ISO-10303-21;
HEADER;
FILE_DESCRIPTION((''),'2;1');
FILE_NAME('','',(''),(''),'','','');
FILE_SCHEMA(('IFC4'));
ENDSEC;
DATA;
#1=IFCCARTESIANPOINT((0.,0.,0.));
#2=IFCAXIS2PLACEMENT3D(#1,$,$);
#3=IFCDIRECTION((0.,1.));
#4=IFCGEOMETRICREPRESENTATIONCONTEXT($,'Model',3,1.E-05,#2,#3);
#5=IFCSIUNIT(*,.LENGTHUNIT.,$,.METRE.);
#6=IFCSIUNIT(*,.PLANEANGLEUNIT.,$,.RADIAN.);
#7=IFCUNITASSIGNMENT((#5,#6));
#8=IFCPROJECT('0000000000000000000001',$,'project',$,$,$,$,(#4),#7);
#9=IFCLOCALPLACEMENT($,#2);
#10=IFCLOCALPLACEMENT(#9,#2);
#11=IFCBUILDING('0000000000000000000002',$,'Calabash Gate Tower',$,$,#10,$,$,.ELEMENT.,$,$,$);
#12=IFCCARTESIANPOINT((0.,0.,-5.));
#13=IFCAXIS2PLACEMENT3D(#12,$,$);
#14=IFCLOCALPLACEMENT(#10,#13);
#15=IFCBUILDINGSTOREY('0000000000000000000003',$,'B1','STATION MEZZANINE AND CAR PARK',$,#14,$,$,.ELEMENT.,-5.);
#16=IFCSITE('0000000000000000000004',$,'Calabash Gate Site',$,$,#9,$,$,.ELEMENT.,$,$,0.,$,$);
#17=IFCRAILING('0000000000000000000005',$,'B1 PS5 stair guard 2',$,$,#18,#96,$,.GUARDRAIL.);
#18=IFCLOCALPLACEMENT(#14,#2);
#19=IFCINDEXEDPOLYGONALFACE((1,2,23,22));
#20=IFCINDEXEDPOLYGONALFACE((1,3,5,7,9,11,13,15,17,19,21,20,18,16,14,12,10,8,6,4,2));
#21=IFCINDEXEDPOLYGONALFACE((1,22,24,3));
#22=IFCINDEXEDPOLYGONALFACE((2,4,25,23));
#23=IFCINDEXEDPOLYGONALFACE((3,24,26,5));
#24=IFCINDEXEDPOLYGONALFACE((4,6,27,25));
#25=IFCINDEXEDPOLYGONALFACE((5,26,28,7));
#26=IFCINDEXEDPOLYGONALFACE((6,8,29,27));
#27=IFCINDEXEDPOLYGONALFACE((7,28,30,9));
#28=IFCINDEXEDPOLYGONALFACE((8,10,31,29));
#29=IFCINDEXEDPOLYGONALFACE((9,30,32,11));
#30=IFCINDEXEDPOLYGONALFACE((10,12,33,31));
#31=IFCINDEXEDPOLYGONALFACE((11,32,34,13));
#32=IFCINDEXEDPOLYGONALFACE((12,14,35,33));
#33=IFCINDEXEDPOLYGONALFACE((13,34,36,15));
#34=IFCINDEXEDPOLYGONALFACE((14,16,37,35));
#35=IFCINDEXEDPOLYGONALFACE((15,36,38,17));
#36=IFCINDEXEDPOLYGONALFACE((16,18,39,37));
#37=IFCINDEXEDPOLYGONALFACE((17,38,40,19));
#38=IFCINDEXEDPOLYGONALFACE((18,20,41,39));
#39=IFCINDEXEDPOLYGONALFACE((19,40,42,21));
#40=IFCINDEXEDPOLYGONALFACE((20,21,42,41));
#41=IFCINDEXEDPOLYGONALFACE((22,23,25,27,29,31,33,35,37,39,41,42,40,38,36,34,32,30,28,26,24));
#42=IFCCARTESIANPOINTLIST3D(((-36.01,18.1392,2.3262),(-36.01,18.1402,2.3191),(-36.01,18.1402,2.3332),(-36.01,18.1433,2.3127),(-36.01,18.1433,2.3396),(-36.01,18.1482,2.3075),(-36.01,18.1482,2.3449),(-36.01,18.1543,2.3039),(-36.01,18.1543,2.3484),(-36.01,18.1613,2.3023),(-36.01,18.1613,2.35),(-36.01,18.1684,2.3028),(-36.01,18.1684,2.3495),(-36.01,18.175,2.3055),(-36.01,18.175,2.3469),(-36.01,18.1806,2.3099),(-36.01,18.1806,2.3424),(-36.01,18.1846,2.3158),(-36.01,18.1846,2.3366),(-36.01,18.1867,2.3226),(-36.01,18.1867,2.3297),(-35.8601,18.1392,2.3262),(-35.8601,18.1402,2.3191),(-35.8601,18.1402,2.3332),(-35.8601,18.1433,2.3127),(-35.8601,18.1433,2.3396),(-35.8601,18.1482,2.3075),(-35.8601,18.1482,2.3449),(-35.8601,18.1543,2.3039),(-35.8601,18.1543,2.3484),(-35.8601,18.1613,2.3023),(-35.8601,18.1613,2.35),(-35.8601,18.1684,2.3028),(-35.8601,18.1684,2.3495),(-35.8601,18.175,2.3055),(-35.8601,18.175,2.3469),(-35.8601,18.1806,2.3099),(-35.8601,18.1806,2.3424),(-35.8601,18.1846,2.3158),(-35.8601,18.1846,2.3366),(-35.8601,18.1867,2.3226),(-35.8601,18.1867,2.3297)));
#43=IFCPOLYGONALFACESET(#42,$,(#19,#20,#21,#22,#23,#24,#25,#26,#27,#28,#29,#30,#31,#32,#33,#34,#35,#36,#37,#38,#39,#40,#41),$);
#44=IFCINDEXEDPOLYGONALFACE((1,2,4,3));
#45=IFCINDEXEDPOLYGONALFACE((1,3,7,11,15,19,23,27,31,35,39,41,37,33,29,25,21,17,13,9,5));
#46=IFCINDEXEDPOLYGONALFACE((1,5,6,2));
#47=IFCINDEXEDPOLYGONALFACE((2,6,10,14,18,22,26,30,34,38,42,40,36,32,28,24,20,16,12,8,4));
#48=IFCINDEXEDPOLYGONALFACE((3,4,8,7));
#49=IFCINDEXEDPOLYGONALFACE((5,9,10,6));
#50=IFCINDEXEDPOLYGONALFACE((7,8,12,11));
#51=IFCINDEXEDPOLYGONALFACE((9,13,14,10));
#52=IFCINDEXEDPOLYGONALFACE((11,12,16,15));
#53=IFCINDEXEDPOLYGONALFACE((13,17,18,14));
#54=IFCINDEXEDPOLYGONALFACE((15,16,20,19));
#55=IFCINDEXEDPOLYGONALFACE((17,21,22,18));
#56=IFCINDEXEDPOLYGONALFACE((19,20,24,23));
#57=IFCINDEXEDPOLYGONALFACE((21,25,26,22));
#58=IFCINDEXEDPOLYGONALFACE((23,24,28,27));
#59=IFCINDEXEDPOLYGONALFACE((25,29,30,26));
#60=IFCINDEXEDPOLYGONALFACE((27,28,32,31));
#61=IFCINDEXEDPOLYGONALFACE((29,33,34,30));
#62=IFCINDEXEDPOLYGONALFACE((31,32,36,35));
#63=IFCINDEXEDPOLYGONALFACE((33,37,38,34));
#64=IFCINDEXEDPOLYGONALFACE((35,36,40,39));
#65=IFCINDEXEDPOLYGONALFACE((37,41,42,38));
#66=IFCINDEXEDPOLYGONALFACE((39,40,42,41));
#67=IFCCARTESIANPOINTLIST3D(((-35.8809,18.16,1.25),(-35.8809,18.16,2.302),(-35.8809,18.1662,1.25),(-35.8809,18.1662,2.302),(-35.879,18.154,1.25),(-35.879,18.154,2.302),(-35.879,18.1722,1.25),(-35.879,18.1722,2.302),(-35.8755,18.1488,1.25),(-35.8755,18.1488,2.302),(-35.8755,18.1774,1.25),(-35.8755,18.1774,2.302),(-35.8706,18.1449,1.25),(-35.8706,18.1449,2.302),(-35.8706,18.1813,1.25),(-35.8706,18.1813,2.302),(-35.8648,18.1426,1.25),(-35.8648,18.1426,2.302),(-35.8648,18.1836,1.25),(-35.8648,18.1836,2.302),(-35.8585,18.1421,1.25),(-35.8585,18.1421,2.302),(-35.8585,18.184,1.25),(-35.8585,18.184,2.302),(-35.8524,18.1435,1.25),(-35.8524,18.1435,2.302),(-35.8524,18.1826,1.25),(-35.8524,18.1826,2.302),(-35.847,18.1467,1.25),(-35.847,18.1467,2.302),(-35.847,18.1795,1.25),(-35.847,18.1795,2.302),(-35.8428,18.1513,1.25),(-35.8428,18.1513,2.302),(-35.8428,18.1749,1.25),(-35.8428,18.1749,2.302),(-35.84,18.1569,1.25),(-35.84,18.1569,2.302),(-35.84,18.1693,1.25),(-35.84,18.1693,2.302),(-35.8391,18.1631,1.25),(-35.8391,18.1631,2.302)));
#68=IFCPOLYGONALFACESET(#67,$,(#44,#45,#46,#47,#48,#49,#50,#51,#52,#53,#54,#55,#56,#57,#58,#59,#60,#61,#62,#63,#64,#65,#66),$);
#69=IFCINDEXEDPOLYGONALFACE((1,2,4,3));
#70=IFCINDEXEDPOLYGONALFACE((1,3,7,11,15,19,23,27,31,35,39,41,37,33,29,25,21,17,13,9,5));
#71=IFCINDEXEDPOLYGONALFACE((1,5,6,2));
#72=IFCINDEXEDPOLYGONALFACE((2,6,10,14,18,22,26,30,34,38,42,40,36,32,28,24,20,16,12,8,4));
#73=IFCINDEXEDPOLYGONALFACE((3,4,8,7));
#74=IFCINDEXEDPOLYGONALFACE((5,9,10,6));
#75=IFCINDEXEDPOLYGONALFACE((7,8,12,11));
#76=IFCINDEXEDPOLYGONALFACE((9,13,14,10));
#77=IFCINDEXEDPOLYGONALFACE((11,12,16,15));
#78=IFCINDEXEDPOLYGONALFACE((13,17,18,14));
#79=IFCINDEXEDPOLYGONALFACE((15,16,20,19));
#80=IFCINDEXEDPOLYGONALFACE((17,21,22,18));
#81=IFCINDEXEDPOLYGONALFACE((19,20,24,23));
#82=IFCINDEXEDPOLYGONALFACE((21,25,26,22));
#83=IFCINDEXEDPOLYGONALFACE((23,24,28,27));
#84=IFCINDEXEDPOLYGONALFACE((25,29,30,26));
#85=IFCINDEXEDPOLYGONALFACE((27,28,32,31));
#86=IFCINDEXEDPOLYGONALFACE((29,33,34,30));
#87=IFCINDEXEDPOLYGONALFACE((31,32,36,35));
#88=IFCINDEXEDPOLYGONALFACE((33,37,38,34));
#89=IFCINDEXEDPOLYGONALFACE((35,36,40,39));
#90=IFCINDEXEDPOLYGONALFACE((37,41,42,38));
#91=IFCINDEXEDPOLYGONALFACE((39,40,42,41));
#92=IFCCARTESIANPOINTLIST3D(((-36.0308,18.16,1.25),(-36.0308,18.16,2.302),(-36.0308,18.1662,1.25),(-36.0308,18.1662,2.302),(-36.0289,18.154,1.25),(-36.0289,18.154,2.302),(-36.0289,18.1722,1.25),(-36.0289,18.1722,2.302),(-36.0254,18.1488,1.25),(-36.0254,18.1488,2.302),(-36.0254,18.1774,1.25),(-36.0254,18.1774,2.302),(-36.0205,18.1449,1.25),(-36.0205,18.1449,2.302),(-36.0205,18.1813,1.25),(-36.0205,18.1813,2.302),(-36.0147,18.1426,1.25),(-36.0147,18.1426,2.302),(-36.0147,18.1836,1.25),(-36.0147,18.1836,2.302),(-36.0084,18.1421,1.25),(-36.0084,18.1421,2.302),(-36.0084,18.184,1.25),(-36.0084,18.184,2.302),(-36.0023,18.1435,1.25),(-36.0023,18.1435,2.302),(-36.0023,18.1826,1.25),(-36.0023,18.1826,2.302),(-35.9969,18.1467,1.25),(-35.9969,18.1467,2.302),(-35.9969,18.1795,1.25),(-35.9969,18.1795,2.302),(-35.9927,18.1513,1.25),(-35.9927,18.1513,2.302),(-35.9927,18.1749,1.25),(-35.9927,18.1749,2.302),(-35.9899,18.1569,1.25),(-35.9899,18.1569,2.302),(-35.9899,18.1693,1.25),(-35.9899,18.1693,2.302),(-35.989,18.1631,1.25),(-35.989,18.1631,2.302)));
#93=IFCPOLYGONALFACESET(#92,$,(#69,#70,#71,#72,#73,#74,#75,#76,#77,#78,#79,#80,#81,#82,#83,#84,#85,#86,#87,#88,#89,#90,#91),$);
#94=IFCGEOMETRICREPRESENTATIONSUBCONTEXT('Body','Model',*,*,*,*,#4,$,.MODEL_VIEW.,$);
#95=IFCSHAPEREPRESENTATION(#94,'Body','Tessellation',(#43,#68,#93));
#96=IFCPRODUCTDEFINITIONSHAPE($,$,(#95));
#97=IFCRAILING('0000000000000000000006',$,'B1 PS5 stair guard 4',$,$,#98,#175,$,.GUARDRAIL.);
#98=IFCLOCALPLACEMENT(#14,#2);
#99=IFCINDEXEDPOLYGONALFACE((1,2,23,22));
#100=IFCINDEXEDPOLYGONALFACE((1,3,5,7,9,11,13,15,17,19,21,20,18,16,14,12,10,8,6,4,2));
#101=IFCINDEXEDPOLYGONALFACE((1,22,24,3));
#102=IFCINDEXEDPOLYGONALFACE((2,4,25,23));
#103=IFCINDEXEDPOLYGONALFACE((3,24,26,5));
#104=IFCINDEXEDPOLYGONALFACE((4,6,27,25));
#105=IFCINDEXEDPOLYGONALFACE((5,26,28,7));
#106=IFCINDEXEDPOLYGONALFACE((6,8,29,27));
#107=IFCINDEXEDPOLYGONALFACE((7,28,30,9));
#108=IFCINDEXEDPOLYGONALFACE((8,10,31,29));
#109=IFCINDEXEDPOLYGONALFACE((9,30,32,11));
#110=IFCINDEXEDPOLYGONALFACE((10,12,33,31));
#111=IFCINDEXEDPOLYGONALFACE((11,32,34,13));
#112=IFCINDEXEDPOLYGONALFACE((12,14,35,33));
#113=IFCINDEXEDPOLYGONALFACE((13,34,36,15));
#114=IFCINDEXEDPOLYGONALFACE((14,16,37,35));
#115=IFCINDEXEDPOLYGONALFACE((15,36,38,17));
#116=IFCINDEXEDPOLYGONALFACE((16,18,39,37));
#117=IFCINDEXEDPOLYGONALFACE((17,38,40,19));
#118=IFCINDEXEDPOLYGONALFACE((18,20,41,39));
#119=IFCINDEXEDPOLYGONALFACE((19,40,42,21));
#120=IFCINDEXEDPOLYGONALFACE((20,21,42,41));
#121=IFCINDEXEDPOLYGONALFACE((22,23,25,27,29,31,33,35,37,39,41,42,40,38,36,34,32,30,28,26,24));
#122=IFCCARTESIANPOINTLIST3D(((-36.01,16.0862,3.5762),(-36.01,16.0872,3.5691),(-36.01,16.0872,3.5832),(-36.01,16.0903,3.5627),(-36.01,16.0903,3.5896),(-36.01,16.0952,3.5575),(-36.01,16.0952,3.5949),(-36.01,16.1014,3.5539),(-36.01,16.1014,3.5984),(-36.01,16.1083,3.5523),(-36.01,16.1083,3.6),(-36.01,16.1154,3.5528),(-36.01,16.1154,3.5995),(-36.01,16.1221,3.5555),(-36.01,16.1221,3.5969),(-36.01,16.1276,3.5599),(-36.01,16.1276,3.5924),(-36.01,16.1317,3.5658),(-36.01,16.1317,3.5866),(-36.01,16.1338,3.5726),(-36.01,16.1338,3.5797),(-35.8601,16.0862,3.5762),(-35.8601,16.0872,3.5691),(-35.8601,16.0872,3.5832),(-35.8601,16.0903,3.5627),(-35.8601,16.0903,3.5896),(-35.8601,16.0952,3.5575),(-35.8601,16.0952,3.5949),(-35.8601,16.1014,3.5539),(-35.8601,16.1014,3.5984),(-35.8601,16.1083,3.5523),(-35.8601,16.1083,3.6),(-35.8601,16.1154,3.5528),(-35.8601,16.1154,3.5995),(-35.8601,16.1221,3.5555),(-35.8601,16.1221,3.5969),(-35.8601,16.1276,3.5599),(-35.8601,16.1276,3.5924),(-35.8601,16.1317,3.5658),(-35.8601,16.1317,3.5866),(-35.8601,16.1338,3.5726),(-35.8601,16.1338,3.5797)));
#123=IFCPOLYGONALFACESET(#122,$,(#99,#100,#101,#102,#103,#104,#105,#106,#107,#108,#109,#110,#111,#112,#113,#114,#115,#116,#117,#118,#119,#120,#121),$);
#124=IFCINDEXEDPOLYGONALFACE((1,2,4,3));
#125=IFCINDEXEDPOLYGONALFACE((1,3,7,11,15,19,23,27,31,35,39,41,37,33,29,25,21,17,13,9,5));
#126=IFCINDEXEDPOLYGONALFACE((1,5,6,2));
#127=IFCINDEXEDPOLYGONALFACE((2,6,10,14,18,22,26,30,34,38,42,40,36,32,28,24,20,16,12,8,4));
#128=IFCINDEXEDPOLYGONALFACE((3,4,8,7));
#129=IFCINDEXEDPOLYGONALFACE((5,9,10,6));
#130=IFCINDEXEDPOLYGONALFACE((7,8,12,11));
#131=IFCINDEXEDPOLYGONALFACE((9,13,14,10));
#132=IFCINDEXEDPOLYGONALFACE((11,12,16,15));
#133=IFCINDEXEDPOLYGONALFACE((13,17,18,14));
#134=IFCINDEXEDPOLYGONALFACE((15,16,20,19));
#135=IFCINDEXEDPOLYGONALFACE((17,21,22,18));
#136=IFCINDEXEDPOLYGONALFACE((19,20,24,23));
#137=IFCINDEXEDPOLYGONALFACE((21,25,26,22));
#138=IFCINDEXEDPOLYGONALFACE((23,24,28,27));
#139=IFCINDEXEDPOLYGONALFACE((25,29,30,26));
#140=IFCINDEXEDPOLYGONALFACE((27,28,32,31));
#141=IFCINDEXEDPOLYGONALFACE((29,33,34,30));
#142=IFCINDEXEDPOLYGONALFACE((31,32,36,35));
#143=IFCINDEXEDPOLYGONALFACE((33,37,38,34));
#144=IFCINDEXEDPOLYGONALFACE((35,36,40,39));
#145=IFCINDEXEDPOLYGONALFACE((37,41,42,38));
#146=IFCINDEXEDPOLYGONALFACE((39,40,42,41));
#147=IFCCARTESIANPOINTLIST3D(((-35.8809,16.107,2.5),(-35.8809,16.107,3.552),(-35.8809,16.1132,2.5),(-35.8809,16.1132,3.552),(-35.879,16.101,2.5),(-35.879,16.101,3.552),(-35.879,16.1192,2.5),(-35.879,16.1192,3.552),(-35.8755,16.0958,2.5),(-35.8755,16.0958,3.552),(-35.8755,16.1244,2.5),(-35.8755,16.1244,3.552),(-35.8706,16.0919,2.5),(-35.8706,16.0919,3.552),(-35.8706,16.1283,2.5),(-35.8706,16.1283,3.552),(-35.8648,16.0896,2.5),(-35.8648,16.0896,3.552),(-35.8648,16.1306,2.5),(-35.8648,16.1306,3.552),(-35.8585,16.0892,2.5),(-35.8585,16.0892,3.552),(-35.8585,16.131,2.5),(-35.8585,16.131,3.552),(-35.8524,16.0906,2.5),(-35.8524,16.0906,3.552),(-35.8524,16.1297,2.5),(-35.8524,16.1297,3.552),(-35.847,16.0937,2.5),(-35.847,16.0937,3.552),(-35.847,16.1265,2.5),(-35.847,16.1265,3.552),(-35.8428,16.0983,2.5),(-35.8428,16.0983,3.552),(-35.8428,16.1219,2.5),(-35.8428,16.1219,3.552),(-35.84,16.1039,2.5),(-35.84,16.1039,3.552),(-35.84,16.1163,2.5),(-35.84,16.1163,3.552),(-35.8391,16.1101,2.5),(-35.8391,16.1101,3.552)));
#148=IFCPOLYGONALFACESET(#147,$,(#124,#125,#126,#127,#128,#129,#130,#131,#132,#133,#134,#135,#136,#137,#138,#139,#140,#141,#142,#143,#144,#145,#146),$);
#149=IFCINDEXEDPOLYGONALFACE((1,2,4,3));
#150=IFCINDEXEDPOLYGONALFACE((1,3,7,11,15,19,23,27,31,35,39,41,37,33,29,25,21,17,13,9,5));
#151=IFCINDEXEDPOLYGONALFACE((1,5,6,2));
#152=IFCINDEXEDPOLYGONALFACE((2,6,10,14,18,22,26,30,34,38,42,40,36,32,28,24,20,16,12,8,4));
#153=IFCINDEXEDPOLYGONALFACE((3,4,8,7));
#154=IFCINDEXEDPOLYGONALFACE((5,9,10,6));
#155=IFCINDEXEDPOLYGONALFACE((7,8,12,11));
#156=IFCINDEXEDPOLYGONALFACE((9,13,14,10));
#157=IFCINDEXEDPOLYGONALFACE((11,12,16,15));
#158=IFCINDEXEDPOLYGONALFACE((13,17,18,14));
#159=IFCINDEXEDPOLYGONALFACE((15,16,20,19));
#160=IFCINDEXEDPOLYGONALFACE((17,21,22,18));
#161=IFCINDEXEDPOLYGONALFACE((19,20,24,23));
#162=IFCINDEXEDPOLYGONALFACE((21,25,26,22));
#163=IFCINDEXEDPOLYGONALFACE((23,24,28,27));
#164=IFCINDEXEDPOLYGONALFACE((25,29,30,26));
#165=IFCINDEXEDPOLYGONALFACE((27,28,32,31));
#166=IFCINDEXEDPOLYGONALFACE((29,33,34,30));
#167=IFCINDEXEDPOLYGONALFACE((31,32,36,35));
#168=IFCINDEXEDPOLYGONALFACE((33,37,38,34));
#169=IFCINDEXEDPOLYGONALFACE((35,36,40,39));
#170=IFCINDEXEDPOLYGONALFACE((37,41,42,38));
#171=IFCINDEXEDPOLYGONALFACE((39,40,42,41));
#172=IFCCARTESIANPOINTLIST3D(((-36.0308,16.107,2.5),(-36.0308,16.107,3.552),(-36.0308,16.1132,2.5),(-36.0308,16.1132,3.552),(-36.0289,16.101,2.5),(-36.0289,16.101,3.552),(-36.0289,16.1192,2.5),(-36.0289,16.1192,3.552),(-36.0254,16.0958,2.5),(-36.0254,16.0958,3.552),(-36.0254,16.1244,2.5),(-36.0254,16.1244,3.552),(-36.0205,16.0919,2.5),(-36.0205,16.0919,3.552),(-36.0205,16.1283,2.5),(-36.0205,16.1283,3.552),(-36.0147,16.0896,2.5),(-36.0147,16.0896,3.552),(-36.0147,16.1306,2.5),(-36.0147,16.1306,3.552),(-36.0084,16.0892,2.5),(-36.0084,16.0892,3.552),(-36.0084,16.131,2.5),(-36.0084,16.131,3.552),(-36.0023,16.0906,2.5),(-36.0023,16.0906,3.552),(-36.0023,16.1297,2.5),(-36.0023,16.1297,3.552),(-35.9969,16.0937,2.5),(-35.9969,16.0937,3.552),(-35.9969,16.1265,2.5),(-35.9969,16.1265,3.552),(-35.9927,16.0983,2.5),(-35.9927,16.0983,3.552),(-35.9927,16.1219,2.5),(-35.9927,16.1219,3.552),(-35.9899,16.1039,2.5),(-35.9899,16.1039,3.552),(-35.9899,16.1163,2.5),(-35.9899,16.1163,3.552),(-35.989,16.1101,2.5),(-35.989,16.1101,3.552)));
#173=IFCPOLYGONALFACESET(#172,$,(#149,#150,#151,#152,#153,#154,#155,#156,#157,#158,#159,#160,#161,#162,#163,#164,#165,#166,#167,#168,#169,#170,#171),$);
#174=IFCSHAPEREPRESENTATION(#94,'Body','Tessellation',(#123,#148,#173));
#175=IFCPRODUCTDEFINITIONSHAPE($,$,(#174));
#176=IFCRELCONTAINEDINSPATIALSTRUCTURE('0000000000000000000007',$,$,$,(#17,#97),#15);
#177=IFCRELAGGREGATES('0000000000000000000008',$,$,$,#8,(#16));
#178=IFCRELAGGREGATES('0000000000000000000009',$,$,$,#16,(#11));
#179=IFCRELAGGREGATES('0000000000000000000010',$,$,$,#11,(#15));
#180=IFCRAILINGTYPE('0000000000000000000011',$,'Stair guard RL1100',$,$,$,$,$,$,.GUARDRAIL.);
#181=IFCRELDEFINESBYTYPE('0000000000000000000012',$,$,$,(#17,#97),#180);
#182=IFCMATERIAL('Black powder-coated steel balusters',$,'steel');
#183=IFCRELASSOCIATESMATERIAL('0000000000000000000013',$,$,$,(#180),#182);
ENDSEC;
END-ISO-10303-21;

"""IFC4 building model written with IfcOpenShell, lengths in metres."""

from ifc_helpers import new_model, si_unit, direction, frame, origin, origin_2d, place, context, subcontext, project, spatial, circle, extrude, material, type_object, element, save


model = new_model("IFC4")

# Units and contexts
model_context = context("Model", 3, precision=1e-05, world=origin(), true_north=direction((0.0, 1.0)))
body_context = subcontext(model_context, "Body", "Model", "MODEL_VIEW")
ifc_project = project(units=[si_unit("LENGTHUNIT", "METRE"), si_unit("PLANEANGLEUNIT", "RADIAN")], contexts=[model_context])

# Site, building, storey
site_placement = place(None, origin())
site = spatial("IfcSite", under=ifc_project, at=site_placement, Name="Calabash Gate Site", CompositionType="ELEMENT", RefElevation=0.0)
building_placement = place(site_placement, origin())
building = spatial("IfcBuilding", under=site, at=building_placement, Name="Calabash Gate Tower", CompositionType="ELEMENT")
storey_placement = place(building_placement, frame((0.0, 0.0, -5.0)))
storey = spatial("IfcBuildingStorey", under=building, at=storey_placement, Name="B1", Description="STATION MEZZANINE AND CAR PARK", CompositionType="ELEMENT", Elevation=-5.0)

# Railings
ifc_material_1 = material(Name="Black powder-coated steel balusters", Category="steel")
railing_type_1 = type_object("IfcRailingType", Name="Stair guard RL1100", PredefinedType="GUARDRAIL", material=ifc_material_1)
for number, where, name in (
    (1, (-35.8601, 18.1631, 1.25), "B1 PS5 stair guard 2"),
    (2, (-35.8601, 16.1101, 2.5), "B1 PS5 stair guard 4"),
):
    element("IfcRailing", number, at=place(storey_placement, frame(where)), inside=storey, type_object=railing_type_1, Name=name, PredefinedType="GUARDRAIL", context=body_context, shape_type="SweptSolid", body=[
        extrude(circle(Radius=0.0239, at=origin_2d()), frame((0.0, 0.0, 1.0762), z_axis=(-1.0, 0.0, 0.0), x_axis=(0.0, -1.0, 0.0)), (0.0, 0.0, 1.0), 0.1499),
        extrude(circle(Radius=0.021, at=origin_2d()), origin(), (0.0, 0.0, 1.0), 1.052),
        extrude(circle(Radius=0.021, at=origin_2d()), frame((-0.1499, 0.0, 0.0)), (0.0, 0.0, 1.0), 1.052),
    ])

save(model, "model.ifc")
